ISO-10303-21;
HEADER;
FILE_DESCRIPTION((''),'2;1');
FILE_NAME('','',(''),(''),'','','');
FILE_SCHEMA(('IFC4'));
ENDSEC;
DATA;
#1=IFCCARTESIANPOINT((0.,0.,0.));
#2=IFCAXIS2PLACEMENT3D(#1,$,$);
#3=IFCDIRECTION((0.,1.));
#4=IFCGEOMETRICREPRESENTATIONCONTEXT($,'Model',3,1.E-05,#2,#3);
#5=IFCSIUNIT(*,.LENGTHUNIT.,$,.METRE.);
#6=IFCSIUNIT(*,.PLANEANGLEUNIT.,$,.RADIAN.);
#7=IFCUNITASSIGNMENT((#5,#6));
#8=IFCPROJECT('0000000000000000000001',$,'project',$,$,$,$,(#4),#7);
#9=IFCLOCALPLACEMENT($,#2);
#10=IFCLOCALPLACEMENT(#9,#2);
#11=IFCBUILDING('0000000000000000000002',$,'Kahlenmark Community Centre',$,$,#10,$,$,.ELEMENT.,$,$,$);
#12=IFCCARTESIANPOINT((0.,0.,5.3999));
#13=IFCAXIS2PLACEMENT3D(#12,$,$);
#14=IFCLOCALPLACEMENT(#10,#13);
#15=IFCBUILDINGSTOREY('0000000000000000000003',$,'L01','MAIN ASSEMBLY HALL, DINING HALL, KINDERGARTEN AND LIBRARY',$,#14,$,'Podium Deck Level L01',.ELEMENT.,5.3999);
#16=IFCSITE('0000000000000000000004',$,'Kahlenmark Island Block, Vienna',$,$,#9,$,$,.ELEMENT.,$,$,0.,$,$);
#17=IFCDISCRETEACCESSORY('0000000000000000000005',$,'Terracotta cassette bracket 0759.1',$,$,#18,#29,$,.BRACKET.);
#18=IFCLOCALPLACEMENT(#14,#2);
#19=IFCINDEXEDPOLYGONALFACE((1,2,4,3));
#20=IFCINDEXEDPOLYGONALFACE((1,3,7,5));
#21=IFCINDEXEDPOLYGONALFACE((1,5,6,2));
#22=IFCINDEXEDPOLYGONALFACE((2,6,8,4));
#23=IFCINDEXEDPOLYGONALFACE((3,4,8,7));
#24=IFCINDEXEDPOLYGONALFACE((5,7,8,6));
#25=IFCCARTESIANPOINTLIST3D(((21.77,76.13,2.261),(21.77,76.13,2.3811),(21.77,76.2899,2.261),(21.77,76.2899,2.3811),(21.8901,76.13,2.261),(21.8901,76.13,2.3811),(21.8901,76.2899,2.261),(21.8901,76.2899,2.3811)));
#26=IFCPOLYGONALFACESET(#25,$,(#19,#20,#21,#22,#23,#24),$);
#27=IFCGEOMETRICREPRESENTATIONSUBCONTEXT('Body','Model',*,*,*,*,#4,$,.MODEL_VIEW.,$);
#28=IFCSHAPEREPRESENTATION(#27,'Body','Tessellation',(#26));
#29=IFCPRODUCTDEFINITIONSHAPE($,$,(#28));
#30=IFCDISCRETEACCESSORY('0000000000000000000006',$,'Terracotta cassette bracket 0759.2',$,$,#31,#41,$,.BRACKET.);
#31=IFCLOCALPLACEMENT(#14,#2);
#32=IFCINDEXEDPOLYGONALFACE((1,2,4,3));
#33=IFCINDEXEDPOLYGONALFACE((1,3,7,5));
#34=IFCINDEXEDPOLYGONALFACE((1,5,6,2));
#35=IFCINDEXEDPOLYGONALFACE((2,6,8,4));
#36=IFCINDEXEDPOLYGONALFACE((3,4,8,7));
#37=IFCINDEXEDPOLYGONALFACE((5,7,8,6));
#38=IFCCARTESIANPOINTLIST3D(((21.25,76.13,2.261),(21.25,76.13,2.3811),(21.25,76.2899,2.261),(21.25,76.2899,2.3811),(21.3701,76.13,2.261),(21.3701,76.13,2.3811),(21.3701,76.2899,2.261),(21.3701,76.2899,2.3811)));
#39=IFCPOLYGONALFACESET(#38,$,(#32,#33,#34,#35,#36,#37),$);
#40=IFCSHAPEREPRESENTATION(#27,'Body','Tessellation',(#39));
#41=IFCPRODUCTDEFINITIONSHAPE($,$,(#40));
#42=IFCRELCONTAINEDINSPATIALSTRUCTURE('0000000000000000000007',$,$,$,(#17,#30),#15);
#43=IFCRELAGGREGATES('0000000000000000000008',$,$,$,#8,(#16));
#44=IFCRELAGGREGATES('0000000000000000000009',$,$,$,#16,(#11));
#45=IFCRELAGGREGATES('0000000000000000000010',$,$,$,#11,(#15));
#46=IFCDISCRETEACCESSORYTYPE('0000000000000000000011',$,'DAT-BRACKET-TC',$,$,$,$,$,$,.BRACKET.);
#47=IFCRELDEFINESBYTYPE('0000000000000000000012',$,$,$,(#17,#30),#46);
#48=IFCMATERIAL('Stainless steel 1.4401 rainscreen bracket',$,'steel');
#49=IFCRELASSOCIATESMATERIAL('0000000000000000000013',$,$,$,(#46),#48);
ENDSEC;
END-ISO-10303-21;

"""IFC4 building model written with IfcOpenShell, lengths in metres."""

from ifc_helpers import new_model, si_unit, direction, frame, origin, origin_2d, place, context, subcontext, project, spatial, rectangle, extrude, material, type_object, element, save


model = new_model("IFC4")

# Units and contexts
model_context = context("Model", 3, precision=1e-05, world=origin(), true_north=direction((0.0, 1.0)))
body_context = subcontext(model_context, "Body", "Model", "MODEL_VIEW")
ifc_project = project(units=[si_unit("LENGTHUNIT", "METRE"), si_unit("PLANEANGLEUNIT", "RADIAN")], contexts=[model_context])

# Site, building, storey
site_placement = place(None, origin())
site = spatial("IfcSite", under=ifc_project, at=site_placement, Name="Kahlenmark Island Block, Vienna", CompositionType="ELEMENT", RefElevation=0.0)
building_placement = place(site_placement, origin())
building = spatial("IfcBuilding", under=site, at=building_placement, Name="Kahlenmark Community Centre", CompositionType="ELEMENT")
storey_placement = place(building_placement, frame((0.0, 0.0, 5.3999)))
storey = spatial("IfcBuildingStorey", under=building, at=storey_placement, Name="L01", Description="MAIN ASSEMBLY HALL, DINING HALL, KINDERGARTEN AND LIBRARY", LongName="Podium Deck Level L01", CompositionType="ELEMENT", Elevation=5.3999)

# Discrete accessories
ifc_material_1 = material(Name="Stainless steel 1.4401 rainscreen bracket", Category="steel")
discrete_accessory_type = type_object("IfcDiscreteAccessoryType", Name="DAT-BRACKET-TC", PredefinedType="BRACKET", material=ifc_material_1)
for number, where, z_axis, x_axis, name in (
    (1, (21.8301, 76.21, 2.261), (0.0, 0.0, 1.0), (-1.0, 0.0, 0.0), "Terracotta cassette bracket 0759.1"),
    (2, (21.3101, 76.21, 2.261), (0.0, 0.0, 1.0), (-1.0, 0.0, 0.0), "Terracotta cassette bracket 0759.2"),
):
    element("IfcDiscreteAccessory", number, at=place(storey_placement, frame(where, z_axis=z_axis, x_axis=x_axis)), inside=storey, type_object=discrete_accessory_type, Name=name, PredefinedType="BRACKET", context=body_context, shape_type="SweptSolid", body=[
        extrude(rectangle(XDim=0.1201, YDim=0.1599, at=origin_2d()), origin(), (0.0, 0.0, 1.0), 0.1201),
    ])

save(model, "model.ifc")
